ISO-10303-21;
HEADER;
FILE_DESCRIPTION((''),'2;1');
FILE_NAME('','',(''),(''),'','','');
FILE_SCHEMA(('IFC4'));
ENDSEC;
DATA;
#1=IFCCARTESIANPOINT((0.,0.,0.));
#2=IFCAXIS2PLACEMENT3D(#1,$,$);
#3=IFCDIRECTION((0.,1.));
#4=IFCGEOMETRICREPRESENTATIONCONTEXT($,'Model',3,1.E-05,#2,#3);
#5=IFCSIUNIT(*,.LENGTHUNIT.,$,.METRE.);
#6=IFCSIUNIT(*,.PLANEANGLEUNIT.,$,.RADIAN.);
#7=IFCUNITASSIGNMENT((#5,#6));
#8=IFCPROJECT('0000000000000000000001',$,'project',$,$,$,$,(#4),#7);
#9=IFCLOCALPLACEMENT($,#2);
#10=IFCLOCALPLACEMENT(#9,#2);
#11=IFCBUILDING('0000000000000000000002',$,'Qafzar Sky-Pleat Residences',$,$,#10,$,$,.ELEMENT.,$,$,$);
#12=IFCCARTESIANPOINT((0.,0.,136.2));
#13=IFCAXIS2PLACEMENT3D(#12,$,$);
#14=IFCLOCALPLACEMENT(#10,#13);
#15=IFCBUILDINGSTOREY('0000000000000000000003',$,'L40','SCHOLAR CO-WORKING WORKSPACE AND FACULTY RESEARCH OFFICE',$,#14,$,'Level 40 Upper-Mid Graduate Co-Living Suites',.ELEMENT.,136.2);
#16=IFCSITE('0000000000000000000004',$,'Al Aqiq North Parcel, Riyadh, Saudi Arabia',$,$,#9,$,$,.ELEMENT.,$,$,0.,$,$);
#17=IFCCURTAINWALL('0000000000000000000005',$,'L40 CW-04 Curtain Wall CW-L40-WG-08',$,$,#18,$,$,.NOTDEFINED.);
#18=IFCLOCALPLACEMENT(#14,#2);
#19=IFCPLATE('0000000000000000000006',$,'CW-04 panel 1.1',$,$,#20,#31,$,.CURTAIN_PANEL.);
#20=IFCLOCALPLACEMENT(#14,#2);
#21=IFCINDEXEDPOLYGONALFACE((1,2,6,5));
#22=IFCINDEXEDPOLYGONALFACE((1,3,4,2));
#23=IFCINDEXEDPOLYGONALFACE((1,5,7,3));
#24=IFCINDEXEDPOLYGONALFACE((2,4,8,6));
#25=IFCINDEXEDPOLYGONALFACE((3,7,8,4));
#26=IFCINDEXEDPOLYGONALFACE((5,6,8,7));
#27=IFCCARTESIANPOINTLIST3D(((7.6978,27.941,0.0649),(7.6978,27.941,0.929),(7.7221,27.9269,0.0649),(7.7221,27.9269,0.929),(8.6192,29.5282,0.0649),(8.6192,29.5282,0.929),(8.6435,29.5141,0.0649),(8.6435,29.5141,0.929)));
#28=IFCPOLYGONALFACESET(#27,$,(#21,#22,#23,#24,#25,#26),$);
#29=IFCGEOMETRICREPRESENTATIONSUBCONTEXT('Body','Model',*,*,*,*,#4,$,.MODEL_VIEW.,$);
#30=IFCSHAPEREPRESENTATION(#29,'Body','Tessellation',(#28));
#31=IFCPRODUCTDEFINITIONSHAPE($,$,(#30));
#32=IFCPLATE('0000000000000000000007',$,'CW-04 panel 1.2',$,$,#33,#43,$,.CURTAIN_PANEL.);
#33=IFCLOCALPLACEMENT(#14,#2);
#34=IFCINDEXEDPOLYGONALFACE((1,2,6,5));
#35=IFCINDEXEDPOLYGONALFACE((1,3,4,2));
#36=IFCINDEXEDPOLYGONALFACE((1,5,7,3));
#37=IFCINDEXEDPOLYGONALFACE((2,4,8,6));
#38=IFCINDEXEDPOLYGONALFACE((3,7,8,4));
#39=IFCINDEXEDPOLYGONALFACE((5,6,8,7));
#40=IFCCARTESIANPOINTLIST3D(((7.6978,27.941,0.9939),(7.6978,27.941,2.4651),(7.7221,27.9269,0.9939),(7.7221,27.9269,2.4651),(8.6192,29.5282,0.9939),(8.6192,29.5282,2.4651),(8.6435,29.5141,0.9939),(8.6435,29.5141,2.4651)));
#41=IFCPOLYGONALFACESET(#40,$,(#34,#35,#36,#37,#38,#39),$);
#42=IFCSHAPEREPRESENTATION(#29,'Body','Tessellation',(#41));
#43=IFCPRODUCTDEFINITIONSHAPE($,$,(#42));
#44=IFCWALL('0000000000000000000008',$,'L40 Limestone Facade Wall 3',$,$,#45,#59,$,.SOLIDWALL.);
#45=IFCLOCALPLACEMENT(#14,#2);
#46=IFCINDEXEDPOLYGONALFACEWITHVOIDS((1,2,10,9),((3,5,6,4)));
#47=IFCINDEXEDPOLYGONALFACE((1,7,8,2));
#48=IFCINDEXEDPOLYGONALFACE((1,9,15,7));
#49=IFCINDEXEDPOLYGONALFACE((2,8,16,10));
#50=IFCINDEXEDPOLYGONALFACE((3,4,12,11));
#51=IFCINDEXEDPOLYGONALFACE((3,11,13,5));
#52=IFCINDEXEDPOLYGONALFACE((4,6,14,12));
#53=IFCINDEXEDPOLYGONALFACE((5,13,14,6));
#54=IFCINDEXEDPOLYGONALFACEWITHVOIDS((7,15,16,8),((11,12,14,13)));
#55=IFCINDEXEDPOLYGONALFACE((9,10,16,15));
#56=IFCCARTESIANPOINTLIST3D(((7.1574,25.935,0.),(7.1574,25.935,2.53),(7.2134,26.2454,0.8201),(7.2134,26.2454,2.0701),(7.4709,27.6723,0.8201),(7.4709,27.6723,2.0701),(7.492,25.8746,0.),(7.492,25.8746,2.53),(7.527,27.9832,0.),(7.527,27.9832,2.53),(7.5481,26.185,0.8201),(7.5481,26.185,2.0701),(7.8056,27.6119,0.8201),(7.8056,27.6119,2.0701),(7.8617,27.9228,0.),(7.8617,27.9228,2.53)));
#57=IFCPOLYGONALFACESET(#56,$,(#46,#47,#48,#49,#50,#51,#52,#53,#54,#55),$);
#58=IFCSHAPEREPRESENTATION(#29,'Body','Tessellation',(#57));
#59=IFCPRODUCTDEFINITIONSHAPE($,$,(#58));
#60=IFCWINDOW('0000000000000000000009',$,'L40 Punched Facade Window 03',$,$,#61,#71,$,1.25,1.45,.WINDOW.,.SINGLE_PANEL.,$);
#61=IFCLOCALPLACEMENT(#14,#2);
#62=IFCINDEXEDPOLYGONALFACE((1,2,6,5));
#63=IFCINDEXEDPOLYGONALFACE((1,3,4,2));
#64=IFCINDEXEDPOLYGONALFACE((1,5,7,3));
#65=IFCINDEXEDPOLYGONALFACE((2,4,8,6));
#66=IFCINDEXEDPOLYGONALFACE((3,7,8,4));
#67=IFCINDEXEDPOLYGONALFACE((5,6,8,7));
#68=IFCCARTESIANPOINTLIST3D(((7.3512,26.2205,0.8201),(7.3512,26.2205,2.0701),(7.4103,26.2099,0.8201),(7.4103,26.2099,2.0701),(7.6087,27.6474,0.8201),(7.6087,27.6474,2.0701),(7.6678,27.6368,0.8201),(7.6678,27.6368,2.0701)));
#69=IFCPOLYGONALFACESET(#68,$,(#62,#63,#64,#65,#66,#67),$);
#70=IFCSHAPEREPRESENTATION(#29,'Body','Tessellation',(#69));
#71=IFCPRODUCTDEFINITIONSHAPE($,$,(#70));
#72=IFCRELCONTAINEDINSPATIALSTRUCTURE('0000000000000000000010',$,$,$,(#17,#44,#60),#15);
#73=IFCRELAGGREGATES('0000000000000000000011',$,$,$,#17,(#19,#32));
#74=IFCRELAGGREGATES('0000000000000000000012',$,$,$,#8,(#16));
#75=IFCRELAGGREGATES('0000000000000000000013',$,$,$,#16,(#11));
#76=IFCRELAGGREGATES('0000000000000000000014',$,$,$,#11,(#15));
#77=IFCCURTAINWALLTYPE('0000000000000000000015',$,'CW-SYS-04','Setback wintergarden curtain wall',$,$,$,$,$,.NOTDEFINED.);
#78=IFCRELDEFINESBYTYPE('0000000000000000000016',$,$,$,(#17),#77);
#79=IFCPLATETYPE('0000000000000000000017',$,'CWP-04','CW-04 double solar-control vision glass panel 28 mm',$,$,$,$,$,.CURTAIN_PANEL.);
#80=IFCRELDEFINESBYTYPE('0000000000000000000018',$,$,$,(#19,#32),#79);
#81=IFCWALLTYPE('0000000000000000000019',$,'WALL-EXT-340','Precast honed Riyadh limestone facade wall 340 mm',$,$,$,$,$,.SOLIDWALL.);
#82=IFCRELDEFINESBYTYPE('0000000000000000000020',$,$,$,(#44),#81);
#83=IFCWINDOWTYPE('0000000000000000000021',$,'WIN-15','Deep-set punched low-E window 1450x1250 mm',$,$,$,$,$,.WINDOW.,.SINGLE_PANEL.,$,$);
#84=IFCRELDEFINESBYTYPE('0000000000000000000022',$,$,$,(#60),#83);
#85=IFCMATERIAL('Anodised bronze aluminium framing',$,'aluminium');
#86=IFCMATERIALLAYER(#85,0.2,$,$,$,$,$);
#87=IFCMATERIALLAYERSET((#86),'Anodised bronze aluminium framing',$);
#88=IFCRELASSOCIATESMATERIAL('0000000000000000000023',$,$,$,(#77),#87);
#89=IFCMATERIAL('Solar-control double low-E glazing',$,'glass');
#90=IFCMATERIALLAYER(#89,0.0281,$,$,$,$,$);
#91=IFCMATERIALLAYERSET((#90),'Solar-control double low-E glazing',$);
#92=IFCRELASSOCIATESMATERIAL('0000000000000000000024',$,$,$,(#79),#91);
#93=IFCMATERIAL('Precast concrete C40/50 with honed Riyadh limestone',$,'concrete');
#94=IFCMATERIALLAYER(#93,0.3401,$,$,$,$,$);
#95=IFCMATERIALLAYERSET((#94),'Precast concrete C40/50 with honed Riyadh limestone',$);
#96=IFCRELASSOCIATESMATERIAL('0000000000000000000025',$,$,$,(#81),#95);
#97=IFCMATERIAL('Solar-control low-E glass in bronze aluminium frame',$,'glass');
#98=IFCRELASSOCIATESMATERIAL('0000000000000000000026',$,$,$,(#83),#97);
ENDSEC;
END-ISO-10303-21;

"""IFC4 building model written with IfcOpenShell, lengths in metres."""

from ifc_helpers import new_model, si_unit, direction, frame, frame_2d, origin, origin_2d, place, context, subcontext, project, spatial, rectangle, extrude, source, transform, mapped, material, layer, layer_set, type_object, element, fill, aggregate, save


model = new_model("IFC4")

# Units and contexts
model_context = context("Model", 3, precision=1e-05, world=origin(), true_north=direction((0.0, 1.0)))
body_context = subcontext(model_context, "Body", "Model", "MODEL_VIEW")
ifc_project = project(units=[si_unit("LENGTHUNIT", "METRE"), si_unit("PLANEANGLEUNIT", "RADIAN")], contexts=[model_context])

# Site, building, storey
site_placement = place(None, origin())
site = spatial("IfcSite", under=ifc_project, at=site_placement, Name="Al Aqiq North Parcel, Riyadh, Saudi Arabia", CompositionType="ELEMENT", RefElevation=0.0)
building_placement = place(site_placement, origin())
building = spatial("IfcBuilding", under=site, at=building_placement, Name="Qafzar Sky-Pleat Residences", CompositionType="ELEMENT")
storey_placement = place(building_placement, frame((0.0, 0.0, 136.2)))
storey = spatial("IfcBuildingStorey", under=building, at=storey_placement, Name="L40", Description="SCHOLAR CO-WORKING WORKSPACE AND FACULTY RESEARCH OFFICE", LongName="Level 40 Upper-Mid Graduate Co-Living Suites", CompositionType="ELEMENT", Elevation=136.2)

# Curtain wall
ifc_material_1 = material(Name="Anodised bronze aluminium framing", Category="aluminium")
ifc_layer_1 = layer(ifc_material_1, 0.2)
ifc_layer_set_1 = layer_set([ifc_layer_1], Name="Anodised bronze aluminium framing")
curtain_wall_type = type_object("IfcCurtainWallType", Name="CW-SYS-04", Description="Setback wintergarden curtain wall", PredefinedType="NOTDEFINED", material=ifc_layer_set_1)
curtain_wall_1_placement = place(storey_placement, origin())
curtain_wall_1 = element("IfcCurtainWall", 1, at=curtain_wall_1_placement, inside=storey, type_object=curtain_wall_type, Name="L40 CW-04 Curtain Wall CW-L40-WG-08", PredefinedType="NOTDEFINED")

# Plates
ifc_material_2 = material(Name="Solar-control double low-E glazing", Category="glass")
ifc_layer_2 = layer(ifc_material_2, 0.0281)
ifc_layer_set_2 = layer_set([ifc_layer_2], Name="Solar-control double low-E glazing")
plate_type = type_object("IfcPlateType", Name="CWP-04", Description="CW-04 double solar-control vision glass panel 28 mm", PredefinedType="CURTAIN_PANEL", material=ifc_layer_set_2)
shared_shape_1 = source(origin(), body_context, "Body", "SweptSolid", [
    extrude(rectangle(XDim=1.8352, YDim=0.0281, at=origin_2d()), origin(), (0.0, 0.0, 1.0), 0.864),
])
plate_1_placement = place(storey_placement, frame((8.1707, 28.7275, 0.0649), z_axis=(0.0, 0.0, 1.0), x_axis=(-0.502035, -0.864847, 0.0)))
plate_1 = element("IfcPlate", 2, at=plate_1_placement, type_object=plate_type, Name="CW-04 panel 1.1", PredefinedType="CURTAIN_PANEL", context=body_context, shape_type="MappedRepresentation", body=[
    mapped(shared_shape_1, transform((0.0, 0.0, 0.0), x_axis=(1.0, 0.0, 0.0), y_axis=(0.0, 1.0, 0.0), z_axis=(0.0, 0.0, 1.0), scale=1.0)),
])
shared_shape_2 = source(origin(), body_context, "Body", "SweptSolid", [
    extrude(rectangle(XDim=1.8352, YDim=0.0281, at=origin_2d()), origin(), (0.0, 0.0, 1.0), 1.4712),
])
plate_2_placement = place(storey_placement, frame((8.1707, 28.7275, 0.9939), z_axis=(0.0, 0.0, 1.0), x_axis=(-0.502035, -0.864847, 0.0)))
plate_2 = element("IfcPlate", 3, at=plate_2_placement, type_object=plate_type, Name="CW-04 panel 1.2", PredefinedType="CURTAIN_PANEL", context=body_context, shape_type="MappedRepresentation", body=[
    mapped(shared_shape_2, transform((0.0, 0.0, 0.0), x_axis=(1.0, 0.0, 0.0), y_axis=(0.0, 1.0, 0.0), z_axis=(0.0, 0.0, 1.0), scale=1.0)),
])
aggregate(curtain_wall_1, [plate_1, plate_2])

# Wall, opening, window
ifc_material_3 = material(Name="Precast concrete C40/50 with honed Riyadh limestone", Category="concrete")
ifc_layer_3 = layer(ifc_material_3, 0.3401)
ifc_layer_set_3 = layer_set([ifc_layer_3], Name="Precast concrete C40/50 with honed Riyadh limestone")
wall_type = type_object("IfcWallType", Name="WALL-EXT-340", Description="Precast honed Riyadh limestone facade wall 340 mm", PredefinedType="SOLIDWALL", material=ifc_layer_set_3)
wall_placement = place(storey_placement, frame((7.6943, 27.9529, 0.0), z_axis=(0.0, 0.0, 1.0), x_axis=(-0.177605, -0.984102, 0.0)))
wall = element("IfcWall", 4, at=wall_placement, inside=storey, type_object=wall_type, Name="L40 Limestone Facade Wall 3", PredefinedType="SOLIDWALL", context=body_context, shape_type="SweptSolid", body=[
    extrude(rectangle(XDim=2.0813, YDim=0.3401, at=frame_2d((1.0405, 0.0))), origin(), (0.0, 0.0, 1.0), 2.53),
])
opening_placement = place(wall_placement, frame((0.3157, 0.0, 0.8201)))
opening = element("IfcOpeningElement", 5, at=opening_placement, cuts=wall, PredefinedType="OPENING", context=body_context, shape_type="SweptSolid", body=[
    extrude(rectangle(XDim=1.45, YDim=1.25, at=frame_2d((0.7251, 0.625))), frame((0.0, 0.1802, 0.0), z_axis=(0.0, -1.0, 0.0), x_axis=(1.0, 0.0, 0.0)), (0.0, 0.0, 1.0), 0.3601),
])
ifc_material_4 = material(Name="Solar-control low-E glass in bronze aluminium frame", Category="glass")
window_type = type_object("IfcWindowType", Name="WIN-15", Description="Deep-set punched low-E window 1450x1250 mm", PartitioningType="SINGLE_PANEL", PredefinedType="WINDOW", material=ifc_material_4)
shared_shape_3 = source(origin(), body_context, "Body", "SweptSolid", [
    extrude(rectangle(XDim=1.45, YDim=1.25, at=frame_2d((0.7251, 0.625))), frame((0.0, 0.03, 0.0), z_axis=(0.0, -1.0, 0.0), x_axis=(1.0, 0.0, 0.0)), (0.0, 0.0, 1.0), 0.0601),
])
window_placement = place(opening_placement, origin())
window = element("IfcWindow", 6, at=window_placement, inside=storey, type_object=window_type, Name="L40 Punched Facade Window 03", OverallHeight=1.25, OverallWidth=1.45, PartitioningType="SINGLE_PANEL", PredefinedType="WINDOW", context=body_context, shape_type="MappedRepresentation", body=[
    mapped(shared_shape_3, transform((0.0, 0.0, 0.0), x_axis=(1.0, 0.0, 0.0), y_axis=(0.0, 1.0, 0.0), z_axis=(0.0, 0.0, 1.0), scale=1.0)),
])
fill(opening, window)

save(model, "model.ifc")
